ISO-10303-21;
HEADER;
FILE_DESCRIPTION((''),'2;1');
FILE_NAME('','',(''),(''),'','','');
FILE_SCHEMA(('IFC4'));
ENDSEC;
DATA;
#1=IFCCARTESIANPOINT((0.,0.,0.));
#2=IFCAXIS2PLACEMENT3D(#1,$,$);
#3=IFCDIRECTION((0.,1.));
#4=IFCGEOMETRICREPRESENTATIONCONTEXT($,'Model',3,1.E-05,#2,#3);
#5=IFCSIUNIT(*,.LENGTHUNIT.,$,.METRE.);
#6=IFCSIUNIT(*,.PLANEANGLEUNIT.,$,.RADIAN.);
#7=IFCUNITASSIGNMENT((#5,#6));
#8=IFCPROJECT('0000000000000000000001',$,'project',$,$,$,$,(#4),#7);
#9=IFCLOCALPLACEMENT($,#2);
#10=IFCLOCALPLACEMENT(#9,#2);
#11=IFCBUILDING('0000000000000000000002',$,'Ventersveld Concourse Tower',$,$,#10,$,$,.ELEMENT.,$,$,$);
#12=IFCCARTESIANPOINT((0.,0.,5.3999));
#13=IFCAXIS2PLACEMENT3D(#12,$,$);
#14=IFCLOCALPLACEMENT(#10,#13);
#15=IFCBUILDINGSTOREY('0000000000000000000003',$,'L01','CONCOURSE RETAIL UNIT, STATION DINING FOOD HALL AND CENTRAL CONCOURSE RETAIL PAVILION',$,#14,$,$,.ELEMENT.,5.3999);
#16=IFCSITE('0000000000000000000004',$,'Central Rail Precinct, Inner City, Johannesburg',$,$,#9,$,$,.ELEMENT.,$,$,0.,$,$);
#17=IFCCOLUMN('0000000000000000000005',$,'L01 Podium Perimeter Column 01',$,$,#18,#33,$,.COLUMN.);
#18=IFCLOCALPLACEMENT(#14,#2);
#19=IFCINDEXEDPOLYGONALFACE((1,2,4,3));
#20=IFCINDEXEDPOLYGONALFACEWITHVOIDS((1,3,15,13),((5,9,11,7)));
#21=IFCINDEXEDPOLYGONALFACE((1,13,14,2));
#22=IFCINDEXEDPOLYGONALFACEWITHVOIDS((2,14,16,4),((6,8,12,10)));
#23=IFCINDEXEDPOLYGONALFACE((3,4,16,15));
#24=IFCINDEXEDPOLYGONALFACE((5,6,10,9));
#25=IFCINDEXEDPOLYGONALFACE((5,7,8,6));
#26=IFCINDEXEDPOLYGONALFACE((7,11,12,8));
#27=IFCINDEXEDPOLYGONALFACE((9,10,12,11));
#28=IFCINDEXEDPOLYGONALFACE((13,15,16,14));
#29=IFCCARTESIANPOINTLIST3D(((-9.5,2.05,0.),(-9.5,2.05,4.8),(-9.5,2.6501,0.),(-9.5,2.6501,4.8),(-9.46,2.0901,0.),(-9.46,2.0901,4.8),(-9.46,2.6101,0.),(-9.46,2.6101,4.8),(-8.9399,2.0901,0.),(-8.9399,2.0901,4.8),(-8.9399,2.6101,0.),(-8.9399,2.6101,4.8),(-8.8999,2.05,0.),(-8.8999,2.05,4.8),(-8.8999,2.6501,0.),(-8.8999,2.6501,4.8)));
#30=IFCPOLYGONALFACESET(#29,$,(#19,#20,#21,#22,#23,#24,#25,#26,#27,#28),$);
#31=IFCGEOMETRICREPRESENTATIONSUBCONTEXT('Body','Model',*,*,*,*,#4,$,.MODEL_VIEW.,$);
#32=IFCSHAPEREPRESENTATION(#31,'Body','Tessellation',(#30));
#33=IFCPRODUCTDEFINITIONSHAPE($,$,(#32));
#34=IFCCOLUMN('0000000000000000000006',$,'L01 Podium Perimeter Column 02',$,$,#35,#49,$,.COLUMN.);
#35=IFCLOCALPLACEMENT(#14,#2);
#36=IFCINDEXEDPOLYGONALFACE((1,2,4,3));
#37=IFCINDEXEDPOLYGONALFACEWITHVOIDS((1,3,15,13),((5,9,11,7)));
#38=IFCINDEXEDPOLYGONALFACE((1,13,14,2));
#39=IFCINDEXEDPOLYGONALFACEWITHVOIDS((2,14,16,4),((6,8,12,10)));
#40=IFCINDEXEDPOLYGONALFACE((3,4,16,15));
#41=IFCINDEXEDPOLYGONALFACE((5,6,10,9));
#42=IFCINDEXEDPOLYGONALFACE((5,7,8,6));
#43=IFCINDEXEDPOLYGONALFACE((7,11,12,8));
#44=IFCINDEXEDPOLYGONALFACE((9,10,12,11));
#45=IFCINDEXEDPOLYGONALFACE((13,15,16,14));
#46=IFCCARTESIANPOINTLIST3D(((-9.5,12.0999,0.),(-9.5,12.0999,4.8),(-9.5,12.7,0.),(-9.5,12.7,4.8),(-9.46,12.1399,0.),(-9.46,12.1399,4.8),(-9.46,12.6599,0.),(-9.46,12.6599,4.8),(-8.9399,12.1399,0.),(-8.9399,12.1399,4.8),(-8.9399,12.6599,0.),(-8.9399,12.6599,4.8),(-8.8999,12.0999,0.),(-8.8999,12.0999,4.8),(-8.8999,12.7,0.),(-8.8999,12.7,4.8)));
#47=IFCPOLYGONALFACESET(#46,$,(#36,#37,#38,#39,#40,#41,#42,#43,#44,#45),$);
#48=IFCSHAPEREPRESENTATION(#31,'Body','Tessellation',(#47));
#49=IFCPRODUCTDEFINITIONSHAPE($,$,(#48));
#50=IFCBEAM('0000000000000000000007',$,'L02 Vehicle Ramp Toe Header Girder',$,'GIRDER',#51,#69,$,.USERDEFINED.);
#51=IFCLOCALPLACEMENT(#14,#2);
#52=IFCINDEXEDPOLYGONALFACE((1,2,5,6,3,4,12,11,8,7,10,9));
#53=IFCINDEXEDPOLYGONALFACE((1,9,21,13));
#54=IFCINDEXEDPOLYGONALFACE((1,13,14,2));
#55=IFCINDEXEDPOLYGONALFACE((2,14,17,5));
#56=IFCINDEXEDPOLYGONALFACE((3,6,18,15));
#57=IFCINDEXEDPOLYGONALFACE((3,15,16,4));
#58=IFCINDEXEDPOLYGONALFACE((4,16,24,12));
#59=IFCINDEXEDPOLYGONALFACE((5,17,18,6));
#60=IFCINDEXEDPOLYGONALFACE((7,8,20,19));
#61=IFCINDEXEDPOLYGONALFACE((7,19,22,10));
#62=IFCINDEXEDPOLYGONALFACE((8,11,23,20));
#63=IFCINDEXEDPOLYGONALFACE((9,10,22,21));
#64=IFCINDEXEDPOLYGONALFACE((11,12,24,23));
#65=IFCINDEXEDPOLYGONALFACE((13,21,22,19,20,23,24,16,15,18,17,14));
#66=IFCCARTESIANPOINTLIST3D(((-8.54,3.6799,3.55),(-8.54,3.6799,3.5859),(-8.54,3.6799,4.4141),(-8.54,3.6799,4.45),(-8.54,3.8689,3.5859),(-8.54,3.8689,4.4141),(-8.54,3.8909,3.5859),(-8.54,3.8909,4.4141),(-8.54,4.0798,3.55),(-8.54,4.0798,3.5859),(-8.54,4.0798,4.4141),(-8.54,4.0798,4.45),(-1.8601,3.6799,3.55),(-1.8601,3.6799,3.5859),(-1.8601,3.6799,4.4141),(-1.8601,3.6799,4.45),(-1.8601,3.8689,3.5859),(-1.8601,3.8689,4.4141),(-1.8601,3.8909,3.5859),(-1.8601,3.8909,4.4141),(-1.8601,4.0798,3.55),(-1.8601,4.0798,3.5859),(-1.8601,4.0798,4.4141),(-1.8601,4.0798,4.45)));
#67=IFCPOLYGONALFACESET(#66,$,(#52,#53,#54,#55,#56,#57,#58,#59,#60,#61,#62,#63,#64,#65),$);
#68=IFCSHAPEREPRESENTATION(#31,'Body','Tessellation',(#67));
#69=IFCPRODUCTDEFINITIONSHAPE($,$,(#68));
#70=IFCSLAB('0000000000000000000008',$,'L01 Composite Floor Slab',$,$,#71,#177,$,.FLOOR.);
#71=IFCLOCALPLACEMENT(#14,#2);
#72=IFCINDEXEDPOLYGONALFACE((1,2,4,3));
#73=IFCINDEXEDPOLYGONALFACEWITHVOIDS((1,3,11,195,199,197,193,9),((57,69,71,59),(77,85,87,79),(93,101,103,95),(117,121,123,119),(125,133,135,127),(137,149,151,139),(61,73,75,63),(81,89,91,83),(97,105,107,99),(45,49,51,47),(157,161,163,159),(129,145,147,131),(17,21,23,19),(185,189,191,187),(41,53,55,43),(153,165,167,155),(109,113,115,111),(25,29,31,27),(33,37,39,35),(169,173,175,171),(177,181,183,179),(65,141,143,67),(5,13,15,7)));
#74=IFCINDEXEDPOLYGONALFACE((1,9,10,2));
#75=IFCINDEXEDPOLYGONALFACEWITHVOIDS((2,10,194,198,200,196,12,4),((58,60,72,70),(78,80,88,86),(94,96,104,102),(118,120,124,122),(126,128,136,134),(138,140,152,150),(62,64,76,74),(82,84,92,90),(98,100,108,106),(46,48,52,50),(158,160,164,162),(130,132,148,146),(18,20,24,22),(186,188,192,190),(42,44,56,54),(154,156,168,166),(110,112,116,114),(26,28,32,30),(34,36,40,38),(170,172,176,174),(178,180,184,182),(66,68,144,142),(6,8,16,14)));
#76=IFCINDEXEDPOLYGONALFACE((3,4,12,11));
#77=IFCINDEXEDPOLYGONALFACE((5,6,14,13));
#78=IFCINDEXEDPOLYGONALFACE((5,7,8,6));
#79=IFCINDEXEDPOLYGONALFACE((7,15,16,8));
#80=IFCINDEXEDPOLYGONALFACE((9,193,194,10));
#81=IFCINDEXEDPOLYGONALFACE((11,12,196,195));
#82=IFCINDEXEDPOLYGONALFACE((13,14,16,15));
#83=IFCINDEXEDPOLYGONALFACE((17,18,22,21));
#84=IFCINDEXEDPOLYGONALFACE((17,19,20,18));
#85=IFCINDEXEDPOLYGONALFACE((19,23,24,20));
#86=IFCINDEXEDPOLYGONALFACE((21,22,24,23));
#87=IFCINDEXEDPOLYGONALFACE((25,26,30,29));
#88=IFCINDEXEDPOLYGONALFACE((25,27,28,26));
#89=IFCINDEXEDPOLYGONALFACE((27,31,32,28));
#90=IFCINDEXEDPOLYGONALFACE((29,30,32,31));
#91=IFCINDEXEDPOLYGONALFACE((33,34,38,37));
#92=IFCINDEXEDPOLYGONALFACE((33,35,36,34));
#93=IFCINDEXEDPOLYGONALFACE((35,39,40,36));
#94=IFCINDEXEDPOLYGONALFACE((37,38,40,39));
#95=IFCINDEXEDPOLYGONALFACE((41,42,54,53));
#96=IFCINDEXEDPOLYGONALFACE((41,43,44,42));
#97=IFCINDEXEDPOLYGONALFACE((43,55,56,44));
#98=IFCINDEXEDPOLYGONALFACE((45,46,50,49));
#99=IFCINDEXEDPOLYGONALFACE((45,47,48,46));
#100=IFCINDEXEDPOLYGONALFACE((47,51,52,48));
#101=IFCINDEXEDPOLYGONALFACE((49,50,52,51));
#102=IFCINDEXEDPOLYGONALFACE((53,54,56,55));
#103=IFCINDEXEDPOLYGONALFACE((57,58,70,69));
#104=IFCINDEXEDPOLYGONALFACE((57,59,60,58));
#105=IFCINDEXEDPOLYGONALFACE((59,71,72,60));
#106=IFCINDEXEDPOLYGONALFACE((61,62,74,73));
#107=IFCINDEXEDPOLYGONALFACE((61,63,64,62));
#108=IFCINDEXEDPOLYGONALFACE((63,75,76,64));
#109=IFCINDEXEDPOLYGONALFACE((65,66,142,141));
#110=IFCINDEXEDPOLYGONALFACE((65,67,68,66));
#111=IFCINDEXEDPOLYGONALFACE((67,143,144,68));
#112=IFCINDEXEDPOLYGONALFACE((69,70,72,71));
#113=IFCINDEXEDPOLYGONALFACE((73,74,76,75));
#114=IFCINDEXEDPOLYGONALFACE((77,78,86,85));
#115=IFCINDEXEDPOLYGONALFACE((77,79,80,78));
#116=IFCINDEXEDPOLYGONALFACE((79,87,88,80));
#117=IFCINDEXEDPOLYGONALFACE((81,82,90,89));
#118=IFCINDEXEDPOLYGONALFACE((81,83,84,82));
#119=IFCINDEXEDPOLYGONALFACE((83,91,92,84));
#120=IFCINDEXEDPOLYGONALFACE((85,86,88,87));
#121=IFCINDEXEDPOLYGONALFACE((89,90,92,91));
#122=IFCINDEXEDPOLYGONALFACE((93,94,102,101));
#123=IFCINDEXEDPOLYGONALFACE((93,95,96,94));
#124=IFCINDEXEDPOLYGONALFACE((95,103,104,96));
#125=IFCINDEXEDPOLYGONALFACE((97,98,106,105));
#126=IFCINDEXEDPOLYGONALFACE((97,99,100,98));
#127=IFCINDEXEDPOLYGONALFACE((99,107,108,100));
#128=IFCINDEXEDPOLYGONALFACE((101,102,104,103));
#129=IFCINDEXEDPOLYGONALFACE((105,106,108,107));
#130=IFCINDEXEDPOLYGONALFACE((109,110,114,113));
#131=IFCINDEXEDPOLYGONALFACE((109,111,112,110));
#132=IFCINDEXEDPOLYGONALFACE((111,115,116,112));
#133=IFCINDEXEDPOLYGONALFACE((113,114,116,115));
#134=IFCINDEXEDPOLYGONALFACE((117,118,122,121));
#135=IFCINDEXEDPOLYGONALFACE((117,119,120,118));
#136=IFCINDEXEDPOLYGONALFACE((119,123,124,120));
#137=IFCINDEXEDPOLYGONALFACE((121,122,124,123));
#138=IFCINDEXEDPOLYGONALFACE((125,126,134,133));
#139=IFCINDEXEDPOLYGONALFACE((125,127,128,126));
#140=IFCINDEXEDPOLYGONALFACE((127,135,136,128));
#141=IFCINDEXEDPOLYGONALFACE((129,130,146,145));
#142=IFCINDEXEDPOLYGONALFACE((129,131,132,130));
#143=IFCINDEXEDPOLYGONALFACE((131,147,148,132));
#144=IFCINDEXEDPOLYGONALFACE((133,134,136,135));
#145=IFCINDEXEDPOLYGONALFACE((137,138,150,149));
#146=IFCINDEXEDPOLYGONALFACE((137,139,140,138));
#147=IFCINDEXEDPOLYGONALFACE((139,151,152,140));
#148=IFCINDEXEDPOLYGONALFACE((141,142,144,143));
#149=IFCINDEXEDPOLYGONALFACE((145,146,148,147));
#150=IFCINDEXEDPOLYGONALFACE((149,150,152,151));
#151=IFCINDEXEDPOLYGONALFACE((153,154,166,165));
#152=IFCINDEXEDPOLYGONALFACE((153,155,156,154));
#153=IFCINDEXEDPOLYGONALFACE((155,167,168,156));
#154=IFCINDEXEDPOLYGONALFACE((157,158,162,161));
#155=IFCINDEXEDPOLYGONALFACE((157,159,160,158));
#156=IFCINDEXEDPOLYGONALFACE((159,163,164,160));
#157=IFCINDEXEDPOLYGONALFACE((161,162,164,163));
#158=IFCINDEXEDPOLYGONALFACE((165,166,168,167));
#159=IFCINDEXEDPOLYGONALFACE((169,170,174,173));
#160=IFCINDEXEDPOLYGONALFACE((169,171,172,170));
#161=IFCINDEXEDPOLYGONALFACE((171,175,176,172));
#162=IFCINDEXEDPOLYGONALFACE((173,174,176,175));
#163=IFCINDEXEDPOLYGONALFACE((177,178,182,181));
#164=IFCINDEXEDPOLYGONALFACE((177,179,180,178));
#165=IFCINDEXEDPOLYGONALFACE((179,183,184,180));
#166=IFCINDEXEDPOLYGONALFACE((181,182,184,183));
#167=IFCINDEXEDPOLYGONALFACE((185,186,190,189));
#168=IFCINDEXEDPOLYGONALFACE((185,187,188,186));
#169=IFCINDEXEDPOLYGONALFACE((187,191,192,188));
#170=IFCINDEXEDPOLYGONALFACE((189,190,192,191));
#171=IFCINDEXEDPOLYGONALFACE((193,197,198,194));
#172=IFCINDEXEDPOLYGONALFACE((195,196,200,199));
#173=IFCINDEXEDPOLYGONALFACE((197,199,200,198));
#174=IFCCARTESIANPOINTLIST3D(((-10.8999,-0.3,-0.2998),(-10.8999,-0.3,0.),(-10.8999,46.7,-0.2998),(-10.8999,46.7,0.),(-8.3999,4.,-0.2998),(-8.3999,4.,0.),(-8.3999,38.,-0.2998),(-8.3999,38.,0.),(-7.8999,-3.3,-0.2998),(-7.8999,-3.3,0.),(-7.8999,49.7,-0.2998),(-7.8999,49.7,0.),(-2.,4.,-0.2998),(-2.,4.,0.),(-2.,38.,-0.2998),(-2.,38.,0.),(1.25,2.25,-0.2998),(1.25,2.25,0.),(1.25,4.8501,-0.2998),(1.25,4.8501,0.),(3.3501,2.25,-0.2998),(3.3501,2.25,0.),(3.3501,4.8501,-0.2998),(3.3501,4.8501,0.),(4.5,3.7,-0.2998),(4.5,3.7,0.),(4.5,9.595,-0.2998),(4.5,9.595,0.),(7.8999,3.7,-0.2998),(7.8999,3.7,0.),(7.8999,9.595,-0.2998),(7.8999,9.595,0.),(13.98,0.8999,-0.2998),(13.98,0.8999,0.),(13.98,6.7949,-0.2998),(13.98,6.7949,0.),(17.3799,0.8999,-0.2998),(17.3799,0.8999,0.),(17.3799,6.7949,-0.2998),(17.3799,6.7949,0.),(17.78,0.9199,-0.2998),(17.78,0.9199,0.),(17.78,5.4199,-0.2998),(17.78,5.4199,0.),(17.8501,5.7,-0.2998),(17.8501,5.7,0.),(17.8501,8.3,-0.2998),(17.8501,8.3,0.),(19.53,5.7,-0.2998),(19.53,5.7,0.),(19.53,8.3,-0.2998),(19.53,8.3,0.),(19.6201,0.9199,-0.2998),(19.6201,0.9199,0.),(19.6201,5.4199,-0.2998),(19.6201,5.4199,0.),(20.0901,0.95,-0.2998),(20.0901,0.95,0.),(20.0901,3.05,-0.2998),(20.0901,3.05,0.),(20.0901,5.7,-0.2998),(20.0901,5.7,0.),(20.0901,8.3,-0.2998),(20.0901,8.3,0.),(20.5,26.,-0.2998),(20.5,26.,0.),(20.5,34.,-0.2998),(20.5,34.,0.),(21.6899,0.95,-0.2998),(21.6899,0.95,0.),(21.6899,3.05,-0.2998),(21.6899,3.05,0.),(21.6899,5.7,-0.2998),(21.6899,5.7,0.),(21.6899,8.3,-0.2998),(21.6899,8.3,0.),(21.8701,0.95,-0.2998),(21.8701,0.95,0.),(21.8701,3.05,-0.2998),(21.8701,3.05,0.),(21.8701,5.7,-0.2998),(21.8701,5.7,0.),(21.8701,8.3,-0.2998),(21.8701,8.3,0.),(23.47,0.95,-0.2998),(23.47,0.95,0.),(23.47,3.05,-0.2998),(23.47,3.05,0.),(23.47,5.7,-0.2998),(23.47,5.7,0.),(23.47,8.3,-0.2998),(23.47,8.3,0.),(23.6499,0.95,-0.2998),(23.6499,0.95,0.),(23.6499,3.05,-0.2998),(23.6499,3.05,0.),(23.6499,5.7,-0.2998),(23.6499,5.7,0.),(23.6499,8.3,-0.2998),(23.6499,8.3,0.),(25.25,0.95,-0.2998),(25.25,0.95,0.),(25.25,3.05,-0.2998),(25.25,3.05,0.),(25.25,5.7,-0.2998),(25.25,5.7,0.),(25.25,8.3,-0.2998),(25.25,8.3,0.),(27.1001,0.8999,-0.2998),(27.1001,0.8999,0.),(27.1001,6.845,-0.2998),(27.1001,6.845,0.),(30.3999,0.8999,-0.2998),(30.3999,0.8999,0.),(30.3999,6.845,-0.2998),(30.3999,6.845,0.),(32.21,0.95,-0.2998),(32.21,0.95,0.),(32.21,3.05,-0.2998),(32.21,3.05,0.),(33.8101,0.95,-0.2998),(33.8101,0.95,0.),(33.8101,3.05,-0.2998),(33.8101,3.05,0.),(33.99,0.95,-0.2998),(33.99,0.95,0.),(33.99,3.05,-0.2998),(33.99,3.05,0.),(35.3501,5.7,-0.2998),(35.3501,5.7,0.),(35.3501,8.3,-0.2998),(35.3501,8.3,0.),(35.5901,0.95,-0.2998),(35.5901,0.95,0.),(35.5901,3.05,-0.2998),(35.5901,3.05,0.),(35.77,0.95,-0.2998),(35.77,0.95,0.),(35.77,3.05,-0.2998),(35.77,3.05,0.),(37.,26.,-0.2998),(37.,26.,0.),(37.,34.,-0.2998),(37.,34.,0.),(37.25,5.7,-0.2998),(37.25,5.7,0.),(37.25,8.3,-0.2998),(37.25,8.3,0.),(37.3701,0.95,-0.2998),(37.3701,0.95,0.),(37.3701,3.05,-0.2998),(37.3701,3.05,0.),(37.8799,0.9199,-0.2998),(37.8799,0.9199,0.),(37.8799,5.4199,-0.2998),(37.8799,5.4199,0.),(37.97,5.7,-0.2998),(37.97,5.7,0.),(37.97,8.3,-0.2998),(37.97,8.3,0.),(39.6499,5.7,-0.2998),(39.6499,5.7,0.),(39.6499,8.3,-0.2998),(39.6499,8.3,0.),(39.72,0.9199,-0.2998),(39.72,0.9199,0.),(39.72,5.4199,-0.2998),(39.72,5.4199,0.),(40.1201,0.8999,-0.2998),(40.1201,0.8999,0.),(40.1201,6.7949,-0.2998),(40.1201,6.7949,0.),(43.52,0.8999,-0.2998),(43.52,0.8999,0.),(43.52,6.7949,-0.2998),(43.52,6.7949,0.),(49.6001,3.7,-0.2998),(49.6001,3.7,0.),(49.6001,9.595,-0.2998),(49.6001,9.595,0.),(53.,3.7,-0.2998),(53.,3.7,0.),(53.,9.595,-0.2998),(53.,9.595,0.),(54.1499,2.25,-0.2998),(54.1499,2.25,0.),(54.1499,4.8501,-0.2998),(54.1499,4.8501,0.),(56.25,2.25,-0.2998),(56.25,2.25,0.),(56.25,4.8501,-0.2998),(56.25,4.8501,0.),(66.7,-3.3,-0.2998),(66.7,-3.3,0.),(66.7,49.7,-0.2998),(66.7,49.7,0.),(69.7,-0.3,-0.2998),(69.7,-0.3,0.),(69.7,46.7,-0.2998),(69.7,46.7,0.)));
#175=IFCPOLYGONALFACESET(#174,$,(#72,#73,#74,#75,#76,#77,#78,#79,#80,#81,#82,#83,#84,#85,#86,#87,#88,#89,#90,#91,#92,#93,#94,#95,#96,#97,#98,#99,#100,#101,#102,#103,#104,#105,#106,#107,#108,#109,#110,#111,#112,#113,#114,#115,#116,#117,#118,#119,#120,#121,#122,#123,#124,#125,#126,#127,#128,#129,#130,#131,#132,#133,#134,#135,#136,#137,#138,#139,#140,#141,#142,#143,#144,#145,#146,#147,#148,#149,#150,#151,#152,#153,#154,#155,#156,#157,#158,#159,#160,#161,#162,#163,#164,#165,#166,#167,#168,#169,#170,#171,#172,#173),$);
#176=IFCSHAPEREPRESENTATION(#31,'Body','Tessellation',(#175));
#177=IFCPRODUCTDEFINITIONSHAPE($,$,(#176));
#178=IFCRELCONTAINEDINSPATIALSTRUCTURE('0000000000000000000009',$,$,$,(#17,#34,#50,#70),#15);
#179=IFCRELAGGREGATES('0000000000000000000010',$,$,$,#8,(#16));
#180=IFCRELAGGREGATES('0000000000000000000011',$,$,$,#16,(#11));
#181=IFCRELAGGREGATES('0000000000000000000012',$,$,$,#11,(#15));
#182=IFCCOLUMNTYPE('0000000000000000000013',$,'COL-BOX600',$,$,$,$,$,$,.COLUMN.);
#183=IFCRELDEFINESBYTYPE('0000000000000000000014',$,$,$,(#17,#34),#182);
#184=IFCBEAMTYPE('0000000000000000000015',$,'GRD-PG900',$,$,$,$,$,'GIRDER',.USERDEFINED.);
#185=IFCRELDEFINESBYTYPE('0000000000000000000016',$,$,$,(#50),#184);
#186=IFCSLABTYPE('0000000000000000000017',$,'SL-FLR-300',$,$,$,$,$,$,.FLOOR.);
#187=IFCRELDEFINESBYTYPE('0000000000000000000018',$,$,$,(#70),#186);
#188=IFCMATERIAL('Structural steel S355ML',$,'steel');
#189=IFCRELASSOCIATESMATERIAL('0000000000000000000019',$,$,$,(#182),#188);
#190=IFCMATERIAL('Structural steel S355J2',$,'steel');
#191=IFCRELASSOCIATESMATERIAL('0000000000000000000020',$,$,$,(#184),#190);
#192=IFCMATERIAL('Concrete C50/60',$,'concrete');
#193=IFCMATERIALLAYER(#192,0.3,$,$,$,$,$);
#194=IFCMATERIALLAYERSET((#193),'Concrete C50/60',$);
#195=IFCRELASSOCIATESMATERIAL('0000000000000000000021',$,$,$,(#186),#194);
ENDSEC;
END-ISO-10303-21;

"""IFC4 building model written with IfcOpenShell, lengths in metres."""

from ifc_helpers import new_model, si_unit, direction, frame, origin, origin_2d, place, context, subcontext, project, spatial, polyline, hollow_rectangle, i_section, outline, extrude, material, layer, layer_set, material_profile, profile_set, type_object, element, save


model = new_model("IFC4")

# Units and contexts
model_context = context("Model", 3, precision=1e-05, world=origin(), true_north=direction((0.0, 1.0)))
body_context = subcontext(model_context, "Body", "Model", "MODEL_VIEW")
ifc_project = project(units=[si_unit("LENGTHUNIT", "METRE"), si_unit("PLANEANGLEUNIT", "RADIAN")], contexts=[model_context])

# Site, building, storey
site_placement = place(None, origin())
site = spatial("IfcSite", under=ifc_project, at=site_placement, Name="Central Rail Precinct, Inner City, Johannesburg", CompositionType="ELEMENT", RefElevation=0.0)
building_placement = place(site_placement, origin())
building = spatial("IfcBuilding", under=site, at=building_placement, Name="Ventersveld Concourse Tower", CompositionType="ELEMENT")
storey_placement = place(building_placement, frame((0.0, 0.0, 5.3999)))
storey = spatial("IfcBuildingStorey", under=building, at=storey_placement, Name="L01", Description="CONCOURSE RETAIL UNIT, STATION DINING FOOD HALL AND CENTRAL CONCOURSE RETAIL PAVILION", CompositionType="ELEMENT", Elevation=5.3999)

# Columns
ifc_material_1 = material(Name="Structural steel S355ML", Category="steel")
ifc_material_profile_1 = material_profile(ifc_material_1, hollow_rectangle(XDim=0.6001, YDim=0.6001, WallThickness=0.04, at=origin_2d()), Name="BOX 600x600x40")
ifc_profile_set_1 = profile_set([ifc_material_profile_1], Name="Structural steel S355ML")
column_type = type_object("IfcColumnType", Name="COL-BOX600", PredefinedType="COLUMN", material=ifc_profile_set_1)
for number, where, z_axis, x_axis, name in (
    (1, (-9.2, 2.3501, 0.0), (0.0, 0.0, 1.0), (1.0, 0.0, 0.0), "L01 Podium Perimeter Column 01"),
    (2, (-9.2, 12.3999, 0.0), (0.0, 0.0, 1.0), (1.0, 0.0, 0.0), "L01 Podium Perimeter Column 02"),
):
    element("IfcColumn", number, at=place(storey_placement, frame(where, z_axis=z_axis, x_axis=x_axis)), inside=storey, type_object=column_type, Name=name, PredefinedType="COLUMN", context=body_context, shape_type="SweptSolid", body=[
        extrude(hollow_rectangle(XDim=0.6001, YDim=0.6001, WallThickness=0.04, at=origin_2d()), origin(), (0.0, 0.0, 1.0), 4.8),
    ])

# Beam
ifc_material_2 = material(Name="Structural steel S355J2", Category="steel")
ifc_material_profile_2 = material_profile(ifc_material_2, i_section(OverallWidth=0.3999, OverallDepth=0.8999, WebThickness=0.022, FlangeThickness=0.0359, at=origin_2d()), Name="PG 900x400x36")
ifc_profile_set_2 = profile_set([ifc_material_profile_2], Name="Structural steel S355J2")
beam_type = type_object("IfcBeamType", Name="GRD-PG900", ElementType="GIRDER", PredefinedType="USERDEFINED", material=ifc_profile_set_2)
beam_placement = place(storey_placement, frame((-8.54, 3.8799, 4.0), z_axis=(1.0, 0.0, 0.0), x_axis=(0.0, 1.0, 0.0)))
element("IfcBeam", 3, at=beam_placement, inside=storey, type_object=beam_type, Name="L02 Vehicle Ramp Toe Header Girder", ObjectType="GIRDER", PredefinedType="USERDEFINED", context=body_context, shape_type="SweptSolid", body=[
    extrude(i_section(OverallWidth=0.3999, OverallDepth=0.8999, WebThickness=0.022, FlangeThickness=0.0359, at=origin_2d()), origin(), (0.0, 0.0, 1.0), 6.6799),
])

# Slab
ifc_material_3 = material(Name="Concrete C50/60", Category="concrete")
ifc_layer_1 = layer(ifc_material_3, 0.3)
ifc_layer_set_1 = layer_set([ifc_layer_1], Name="Concrete C50/60")
slab_type_1 = type_object("IfcSlabType", Name="SL-FLR-300", PredefinedType="FLOOR", material=ifc_layer_set_1)
slab_1_placement = place(storey_placement, frame((0.0, 0.0, -0.2998)))
element("IfcSlab", 4, at=slab_1_placement, inside=storey, type_object=slab_type_1, Name="L01 Composite Floor Slab", PredefinedType="FLOOR", context=body_context, shape_type="SweptSolid", body=[
    extrude(outline(polyline([(-7.8999, -3.3), (66.7, -3.3), (69.7, -0.3), (69.7, 46.7), (66.7, 49.7), (-7.8999, 49.7), (-10.8999, 46.7), (-10.8999, -0.3), (-7.8999, -3.3)]), holes=[polyline([(13.98, 6.7949), (13.98, 0.8999), (17.3799, 0.8999), (17.3799, 6.7949), (13.98, 6.7949)]), polyline([(40.1201, 6.7949), (40.1201, 0.8999), (43.52, 0.8999), (43.52, 6.7949), (40.1201, 6.7949)]), polyline([(27.1001, 6.845), (27.1001, 0.8999), (30.3999, 0.8999), (30.3999, 6.845), (27.1001, 6.845)]), polyline([(4.5, 9.595), (4.5, 3.7), (7.8999, 3.7), (7.8999, 9.595), (4.5, 9.595)]), polyline([(49.6001, 9.595), (49.6001, 3.7), (53.0, 3.7), (53.0, 9.595), (49.6001, 9.595)]), polyline([(17.8501, 5.7), (19.53, 5.7), (19.53, 8.3), (17.8501, 8.3), (17.8501, 5.7)]), polyline([(37.97, 5.7), (39.6499, 5.7), (39.6499, 8.3), (37.97, 8.3), (37.97, 5.7)]), polyline([(35.3501, 5.7), (37.25, 5.7), (37.25, 8.3), (35.3501, 8.3), (35.3501, 5.7)]), polyline([(20.0901, 0.95), (21.6899, 0.95), (21.6899, 3.05), (20.0901, 3.05), (20.0901, 0.95)]), polyline([(21.8701, 0.95), (23.47, 0.95), (23.47, 3.05), (21.8701, 3.05), (21.8701, 0.95)]), polyline([(23.6499, 0.95), (25.25, 0.95), (25.25, 3.05), (23.6499, 3.05), (23.6499, 0.95)]), polyline([(32.21, 0.95), (33.8101, 0.95), (33.8101, 3.05), (32.21, 3.05), (32.21, 0.95)]), polyline([(33.99, 0.95), (35.5901, 0.95), (35.5901, 3.05), (33.99, 3.05), (33.99, 0.95)]), polyline([(35.77, 0.95), (37.3701, 0.95), (37.3701, 3.05), (35.77, 3.05), (35.77, 0.95)]), polyline([(20.0901, 5.7), (21.6899, 5.7), (21.6899, 8.3), (20.0901, 8.3), (20.0901, 5.7)]), polyline([(21.8701, 5.7), (23.47, 5.7), (23.47, 8.3), (21.8701, 8.3), (21.8701, 5.7)]), polyline([(23.6499, 5.7), (25.25, 5.7), (25.25, 8.3), (23.6499, 8.3), (23.6499, 5.7)]), polyline([(1.25, 2.25), (3.3501, 2.25), (3.3501, 4.8501), (1.25, 4.8501), (1.25, 2.25)]), polyline([(54.1499, 2.25), (56.25, 2.25), (56.25, 4.8501), (54.1499, 4.8501), (54.1499, 2.25)]), polyline([(17.78, 0.9199), (19.6201, 0.9199), (19.6201, 5.4199), (17.78, 5.4199), (17.78, 0.9199)]), polyline([(37.8799, 0.9199), (39.72, 0.9199), (39.72, 5.4199), (37.8799, 5.4199), (37.8799, 0.9199)]), polyline([(20.5, 26.0), (37.0, 26.0), (37.0, 34.0), (20.5, 34.0), (20.5, 26.0)]), polyline([(-8.3999, 4.0), (-2.0, 4.0), (-2.0, 38.0), (-8.3999, 38.0), (-8.3999, 4.0)])]), origin(), (0.0, 0.0, 1.0), 0.2998),
])

save(model, "model.ifc")
